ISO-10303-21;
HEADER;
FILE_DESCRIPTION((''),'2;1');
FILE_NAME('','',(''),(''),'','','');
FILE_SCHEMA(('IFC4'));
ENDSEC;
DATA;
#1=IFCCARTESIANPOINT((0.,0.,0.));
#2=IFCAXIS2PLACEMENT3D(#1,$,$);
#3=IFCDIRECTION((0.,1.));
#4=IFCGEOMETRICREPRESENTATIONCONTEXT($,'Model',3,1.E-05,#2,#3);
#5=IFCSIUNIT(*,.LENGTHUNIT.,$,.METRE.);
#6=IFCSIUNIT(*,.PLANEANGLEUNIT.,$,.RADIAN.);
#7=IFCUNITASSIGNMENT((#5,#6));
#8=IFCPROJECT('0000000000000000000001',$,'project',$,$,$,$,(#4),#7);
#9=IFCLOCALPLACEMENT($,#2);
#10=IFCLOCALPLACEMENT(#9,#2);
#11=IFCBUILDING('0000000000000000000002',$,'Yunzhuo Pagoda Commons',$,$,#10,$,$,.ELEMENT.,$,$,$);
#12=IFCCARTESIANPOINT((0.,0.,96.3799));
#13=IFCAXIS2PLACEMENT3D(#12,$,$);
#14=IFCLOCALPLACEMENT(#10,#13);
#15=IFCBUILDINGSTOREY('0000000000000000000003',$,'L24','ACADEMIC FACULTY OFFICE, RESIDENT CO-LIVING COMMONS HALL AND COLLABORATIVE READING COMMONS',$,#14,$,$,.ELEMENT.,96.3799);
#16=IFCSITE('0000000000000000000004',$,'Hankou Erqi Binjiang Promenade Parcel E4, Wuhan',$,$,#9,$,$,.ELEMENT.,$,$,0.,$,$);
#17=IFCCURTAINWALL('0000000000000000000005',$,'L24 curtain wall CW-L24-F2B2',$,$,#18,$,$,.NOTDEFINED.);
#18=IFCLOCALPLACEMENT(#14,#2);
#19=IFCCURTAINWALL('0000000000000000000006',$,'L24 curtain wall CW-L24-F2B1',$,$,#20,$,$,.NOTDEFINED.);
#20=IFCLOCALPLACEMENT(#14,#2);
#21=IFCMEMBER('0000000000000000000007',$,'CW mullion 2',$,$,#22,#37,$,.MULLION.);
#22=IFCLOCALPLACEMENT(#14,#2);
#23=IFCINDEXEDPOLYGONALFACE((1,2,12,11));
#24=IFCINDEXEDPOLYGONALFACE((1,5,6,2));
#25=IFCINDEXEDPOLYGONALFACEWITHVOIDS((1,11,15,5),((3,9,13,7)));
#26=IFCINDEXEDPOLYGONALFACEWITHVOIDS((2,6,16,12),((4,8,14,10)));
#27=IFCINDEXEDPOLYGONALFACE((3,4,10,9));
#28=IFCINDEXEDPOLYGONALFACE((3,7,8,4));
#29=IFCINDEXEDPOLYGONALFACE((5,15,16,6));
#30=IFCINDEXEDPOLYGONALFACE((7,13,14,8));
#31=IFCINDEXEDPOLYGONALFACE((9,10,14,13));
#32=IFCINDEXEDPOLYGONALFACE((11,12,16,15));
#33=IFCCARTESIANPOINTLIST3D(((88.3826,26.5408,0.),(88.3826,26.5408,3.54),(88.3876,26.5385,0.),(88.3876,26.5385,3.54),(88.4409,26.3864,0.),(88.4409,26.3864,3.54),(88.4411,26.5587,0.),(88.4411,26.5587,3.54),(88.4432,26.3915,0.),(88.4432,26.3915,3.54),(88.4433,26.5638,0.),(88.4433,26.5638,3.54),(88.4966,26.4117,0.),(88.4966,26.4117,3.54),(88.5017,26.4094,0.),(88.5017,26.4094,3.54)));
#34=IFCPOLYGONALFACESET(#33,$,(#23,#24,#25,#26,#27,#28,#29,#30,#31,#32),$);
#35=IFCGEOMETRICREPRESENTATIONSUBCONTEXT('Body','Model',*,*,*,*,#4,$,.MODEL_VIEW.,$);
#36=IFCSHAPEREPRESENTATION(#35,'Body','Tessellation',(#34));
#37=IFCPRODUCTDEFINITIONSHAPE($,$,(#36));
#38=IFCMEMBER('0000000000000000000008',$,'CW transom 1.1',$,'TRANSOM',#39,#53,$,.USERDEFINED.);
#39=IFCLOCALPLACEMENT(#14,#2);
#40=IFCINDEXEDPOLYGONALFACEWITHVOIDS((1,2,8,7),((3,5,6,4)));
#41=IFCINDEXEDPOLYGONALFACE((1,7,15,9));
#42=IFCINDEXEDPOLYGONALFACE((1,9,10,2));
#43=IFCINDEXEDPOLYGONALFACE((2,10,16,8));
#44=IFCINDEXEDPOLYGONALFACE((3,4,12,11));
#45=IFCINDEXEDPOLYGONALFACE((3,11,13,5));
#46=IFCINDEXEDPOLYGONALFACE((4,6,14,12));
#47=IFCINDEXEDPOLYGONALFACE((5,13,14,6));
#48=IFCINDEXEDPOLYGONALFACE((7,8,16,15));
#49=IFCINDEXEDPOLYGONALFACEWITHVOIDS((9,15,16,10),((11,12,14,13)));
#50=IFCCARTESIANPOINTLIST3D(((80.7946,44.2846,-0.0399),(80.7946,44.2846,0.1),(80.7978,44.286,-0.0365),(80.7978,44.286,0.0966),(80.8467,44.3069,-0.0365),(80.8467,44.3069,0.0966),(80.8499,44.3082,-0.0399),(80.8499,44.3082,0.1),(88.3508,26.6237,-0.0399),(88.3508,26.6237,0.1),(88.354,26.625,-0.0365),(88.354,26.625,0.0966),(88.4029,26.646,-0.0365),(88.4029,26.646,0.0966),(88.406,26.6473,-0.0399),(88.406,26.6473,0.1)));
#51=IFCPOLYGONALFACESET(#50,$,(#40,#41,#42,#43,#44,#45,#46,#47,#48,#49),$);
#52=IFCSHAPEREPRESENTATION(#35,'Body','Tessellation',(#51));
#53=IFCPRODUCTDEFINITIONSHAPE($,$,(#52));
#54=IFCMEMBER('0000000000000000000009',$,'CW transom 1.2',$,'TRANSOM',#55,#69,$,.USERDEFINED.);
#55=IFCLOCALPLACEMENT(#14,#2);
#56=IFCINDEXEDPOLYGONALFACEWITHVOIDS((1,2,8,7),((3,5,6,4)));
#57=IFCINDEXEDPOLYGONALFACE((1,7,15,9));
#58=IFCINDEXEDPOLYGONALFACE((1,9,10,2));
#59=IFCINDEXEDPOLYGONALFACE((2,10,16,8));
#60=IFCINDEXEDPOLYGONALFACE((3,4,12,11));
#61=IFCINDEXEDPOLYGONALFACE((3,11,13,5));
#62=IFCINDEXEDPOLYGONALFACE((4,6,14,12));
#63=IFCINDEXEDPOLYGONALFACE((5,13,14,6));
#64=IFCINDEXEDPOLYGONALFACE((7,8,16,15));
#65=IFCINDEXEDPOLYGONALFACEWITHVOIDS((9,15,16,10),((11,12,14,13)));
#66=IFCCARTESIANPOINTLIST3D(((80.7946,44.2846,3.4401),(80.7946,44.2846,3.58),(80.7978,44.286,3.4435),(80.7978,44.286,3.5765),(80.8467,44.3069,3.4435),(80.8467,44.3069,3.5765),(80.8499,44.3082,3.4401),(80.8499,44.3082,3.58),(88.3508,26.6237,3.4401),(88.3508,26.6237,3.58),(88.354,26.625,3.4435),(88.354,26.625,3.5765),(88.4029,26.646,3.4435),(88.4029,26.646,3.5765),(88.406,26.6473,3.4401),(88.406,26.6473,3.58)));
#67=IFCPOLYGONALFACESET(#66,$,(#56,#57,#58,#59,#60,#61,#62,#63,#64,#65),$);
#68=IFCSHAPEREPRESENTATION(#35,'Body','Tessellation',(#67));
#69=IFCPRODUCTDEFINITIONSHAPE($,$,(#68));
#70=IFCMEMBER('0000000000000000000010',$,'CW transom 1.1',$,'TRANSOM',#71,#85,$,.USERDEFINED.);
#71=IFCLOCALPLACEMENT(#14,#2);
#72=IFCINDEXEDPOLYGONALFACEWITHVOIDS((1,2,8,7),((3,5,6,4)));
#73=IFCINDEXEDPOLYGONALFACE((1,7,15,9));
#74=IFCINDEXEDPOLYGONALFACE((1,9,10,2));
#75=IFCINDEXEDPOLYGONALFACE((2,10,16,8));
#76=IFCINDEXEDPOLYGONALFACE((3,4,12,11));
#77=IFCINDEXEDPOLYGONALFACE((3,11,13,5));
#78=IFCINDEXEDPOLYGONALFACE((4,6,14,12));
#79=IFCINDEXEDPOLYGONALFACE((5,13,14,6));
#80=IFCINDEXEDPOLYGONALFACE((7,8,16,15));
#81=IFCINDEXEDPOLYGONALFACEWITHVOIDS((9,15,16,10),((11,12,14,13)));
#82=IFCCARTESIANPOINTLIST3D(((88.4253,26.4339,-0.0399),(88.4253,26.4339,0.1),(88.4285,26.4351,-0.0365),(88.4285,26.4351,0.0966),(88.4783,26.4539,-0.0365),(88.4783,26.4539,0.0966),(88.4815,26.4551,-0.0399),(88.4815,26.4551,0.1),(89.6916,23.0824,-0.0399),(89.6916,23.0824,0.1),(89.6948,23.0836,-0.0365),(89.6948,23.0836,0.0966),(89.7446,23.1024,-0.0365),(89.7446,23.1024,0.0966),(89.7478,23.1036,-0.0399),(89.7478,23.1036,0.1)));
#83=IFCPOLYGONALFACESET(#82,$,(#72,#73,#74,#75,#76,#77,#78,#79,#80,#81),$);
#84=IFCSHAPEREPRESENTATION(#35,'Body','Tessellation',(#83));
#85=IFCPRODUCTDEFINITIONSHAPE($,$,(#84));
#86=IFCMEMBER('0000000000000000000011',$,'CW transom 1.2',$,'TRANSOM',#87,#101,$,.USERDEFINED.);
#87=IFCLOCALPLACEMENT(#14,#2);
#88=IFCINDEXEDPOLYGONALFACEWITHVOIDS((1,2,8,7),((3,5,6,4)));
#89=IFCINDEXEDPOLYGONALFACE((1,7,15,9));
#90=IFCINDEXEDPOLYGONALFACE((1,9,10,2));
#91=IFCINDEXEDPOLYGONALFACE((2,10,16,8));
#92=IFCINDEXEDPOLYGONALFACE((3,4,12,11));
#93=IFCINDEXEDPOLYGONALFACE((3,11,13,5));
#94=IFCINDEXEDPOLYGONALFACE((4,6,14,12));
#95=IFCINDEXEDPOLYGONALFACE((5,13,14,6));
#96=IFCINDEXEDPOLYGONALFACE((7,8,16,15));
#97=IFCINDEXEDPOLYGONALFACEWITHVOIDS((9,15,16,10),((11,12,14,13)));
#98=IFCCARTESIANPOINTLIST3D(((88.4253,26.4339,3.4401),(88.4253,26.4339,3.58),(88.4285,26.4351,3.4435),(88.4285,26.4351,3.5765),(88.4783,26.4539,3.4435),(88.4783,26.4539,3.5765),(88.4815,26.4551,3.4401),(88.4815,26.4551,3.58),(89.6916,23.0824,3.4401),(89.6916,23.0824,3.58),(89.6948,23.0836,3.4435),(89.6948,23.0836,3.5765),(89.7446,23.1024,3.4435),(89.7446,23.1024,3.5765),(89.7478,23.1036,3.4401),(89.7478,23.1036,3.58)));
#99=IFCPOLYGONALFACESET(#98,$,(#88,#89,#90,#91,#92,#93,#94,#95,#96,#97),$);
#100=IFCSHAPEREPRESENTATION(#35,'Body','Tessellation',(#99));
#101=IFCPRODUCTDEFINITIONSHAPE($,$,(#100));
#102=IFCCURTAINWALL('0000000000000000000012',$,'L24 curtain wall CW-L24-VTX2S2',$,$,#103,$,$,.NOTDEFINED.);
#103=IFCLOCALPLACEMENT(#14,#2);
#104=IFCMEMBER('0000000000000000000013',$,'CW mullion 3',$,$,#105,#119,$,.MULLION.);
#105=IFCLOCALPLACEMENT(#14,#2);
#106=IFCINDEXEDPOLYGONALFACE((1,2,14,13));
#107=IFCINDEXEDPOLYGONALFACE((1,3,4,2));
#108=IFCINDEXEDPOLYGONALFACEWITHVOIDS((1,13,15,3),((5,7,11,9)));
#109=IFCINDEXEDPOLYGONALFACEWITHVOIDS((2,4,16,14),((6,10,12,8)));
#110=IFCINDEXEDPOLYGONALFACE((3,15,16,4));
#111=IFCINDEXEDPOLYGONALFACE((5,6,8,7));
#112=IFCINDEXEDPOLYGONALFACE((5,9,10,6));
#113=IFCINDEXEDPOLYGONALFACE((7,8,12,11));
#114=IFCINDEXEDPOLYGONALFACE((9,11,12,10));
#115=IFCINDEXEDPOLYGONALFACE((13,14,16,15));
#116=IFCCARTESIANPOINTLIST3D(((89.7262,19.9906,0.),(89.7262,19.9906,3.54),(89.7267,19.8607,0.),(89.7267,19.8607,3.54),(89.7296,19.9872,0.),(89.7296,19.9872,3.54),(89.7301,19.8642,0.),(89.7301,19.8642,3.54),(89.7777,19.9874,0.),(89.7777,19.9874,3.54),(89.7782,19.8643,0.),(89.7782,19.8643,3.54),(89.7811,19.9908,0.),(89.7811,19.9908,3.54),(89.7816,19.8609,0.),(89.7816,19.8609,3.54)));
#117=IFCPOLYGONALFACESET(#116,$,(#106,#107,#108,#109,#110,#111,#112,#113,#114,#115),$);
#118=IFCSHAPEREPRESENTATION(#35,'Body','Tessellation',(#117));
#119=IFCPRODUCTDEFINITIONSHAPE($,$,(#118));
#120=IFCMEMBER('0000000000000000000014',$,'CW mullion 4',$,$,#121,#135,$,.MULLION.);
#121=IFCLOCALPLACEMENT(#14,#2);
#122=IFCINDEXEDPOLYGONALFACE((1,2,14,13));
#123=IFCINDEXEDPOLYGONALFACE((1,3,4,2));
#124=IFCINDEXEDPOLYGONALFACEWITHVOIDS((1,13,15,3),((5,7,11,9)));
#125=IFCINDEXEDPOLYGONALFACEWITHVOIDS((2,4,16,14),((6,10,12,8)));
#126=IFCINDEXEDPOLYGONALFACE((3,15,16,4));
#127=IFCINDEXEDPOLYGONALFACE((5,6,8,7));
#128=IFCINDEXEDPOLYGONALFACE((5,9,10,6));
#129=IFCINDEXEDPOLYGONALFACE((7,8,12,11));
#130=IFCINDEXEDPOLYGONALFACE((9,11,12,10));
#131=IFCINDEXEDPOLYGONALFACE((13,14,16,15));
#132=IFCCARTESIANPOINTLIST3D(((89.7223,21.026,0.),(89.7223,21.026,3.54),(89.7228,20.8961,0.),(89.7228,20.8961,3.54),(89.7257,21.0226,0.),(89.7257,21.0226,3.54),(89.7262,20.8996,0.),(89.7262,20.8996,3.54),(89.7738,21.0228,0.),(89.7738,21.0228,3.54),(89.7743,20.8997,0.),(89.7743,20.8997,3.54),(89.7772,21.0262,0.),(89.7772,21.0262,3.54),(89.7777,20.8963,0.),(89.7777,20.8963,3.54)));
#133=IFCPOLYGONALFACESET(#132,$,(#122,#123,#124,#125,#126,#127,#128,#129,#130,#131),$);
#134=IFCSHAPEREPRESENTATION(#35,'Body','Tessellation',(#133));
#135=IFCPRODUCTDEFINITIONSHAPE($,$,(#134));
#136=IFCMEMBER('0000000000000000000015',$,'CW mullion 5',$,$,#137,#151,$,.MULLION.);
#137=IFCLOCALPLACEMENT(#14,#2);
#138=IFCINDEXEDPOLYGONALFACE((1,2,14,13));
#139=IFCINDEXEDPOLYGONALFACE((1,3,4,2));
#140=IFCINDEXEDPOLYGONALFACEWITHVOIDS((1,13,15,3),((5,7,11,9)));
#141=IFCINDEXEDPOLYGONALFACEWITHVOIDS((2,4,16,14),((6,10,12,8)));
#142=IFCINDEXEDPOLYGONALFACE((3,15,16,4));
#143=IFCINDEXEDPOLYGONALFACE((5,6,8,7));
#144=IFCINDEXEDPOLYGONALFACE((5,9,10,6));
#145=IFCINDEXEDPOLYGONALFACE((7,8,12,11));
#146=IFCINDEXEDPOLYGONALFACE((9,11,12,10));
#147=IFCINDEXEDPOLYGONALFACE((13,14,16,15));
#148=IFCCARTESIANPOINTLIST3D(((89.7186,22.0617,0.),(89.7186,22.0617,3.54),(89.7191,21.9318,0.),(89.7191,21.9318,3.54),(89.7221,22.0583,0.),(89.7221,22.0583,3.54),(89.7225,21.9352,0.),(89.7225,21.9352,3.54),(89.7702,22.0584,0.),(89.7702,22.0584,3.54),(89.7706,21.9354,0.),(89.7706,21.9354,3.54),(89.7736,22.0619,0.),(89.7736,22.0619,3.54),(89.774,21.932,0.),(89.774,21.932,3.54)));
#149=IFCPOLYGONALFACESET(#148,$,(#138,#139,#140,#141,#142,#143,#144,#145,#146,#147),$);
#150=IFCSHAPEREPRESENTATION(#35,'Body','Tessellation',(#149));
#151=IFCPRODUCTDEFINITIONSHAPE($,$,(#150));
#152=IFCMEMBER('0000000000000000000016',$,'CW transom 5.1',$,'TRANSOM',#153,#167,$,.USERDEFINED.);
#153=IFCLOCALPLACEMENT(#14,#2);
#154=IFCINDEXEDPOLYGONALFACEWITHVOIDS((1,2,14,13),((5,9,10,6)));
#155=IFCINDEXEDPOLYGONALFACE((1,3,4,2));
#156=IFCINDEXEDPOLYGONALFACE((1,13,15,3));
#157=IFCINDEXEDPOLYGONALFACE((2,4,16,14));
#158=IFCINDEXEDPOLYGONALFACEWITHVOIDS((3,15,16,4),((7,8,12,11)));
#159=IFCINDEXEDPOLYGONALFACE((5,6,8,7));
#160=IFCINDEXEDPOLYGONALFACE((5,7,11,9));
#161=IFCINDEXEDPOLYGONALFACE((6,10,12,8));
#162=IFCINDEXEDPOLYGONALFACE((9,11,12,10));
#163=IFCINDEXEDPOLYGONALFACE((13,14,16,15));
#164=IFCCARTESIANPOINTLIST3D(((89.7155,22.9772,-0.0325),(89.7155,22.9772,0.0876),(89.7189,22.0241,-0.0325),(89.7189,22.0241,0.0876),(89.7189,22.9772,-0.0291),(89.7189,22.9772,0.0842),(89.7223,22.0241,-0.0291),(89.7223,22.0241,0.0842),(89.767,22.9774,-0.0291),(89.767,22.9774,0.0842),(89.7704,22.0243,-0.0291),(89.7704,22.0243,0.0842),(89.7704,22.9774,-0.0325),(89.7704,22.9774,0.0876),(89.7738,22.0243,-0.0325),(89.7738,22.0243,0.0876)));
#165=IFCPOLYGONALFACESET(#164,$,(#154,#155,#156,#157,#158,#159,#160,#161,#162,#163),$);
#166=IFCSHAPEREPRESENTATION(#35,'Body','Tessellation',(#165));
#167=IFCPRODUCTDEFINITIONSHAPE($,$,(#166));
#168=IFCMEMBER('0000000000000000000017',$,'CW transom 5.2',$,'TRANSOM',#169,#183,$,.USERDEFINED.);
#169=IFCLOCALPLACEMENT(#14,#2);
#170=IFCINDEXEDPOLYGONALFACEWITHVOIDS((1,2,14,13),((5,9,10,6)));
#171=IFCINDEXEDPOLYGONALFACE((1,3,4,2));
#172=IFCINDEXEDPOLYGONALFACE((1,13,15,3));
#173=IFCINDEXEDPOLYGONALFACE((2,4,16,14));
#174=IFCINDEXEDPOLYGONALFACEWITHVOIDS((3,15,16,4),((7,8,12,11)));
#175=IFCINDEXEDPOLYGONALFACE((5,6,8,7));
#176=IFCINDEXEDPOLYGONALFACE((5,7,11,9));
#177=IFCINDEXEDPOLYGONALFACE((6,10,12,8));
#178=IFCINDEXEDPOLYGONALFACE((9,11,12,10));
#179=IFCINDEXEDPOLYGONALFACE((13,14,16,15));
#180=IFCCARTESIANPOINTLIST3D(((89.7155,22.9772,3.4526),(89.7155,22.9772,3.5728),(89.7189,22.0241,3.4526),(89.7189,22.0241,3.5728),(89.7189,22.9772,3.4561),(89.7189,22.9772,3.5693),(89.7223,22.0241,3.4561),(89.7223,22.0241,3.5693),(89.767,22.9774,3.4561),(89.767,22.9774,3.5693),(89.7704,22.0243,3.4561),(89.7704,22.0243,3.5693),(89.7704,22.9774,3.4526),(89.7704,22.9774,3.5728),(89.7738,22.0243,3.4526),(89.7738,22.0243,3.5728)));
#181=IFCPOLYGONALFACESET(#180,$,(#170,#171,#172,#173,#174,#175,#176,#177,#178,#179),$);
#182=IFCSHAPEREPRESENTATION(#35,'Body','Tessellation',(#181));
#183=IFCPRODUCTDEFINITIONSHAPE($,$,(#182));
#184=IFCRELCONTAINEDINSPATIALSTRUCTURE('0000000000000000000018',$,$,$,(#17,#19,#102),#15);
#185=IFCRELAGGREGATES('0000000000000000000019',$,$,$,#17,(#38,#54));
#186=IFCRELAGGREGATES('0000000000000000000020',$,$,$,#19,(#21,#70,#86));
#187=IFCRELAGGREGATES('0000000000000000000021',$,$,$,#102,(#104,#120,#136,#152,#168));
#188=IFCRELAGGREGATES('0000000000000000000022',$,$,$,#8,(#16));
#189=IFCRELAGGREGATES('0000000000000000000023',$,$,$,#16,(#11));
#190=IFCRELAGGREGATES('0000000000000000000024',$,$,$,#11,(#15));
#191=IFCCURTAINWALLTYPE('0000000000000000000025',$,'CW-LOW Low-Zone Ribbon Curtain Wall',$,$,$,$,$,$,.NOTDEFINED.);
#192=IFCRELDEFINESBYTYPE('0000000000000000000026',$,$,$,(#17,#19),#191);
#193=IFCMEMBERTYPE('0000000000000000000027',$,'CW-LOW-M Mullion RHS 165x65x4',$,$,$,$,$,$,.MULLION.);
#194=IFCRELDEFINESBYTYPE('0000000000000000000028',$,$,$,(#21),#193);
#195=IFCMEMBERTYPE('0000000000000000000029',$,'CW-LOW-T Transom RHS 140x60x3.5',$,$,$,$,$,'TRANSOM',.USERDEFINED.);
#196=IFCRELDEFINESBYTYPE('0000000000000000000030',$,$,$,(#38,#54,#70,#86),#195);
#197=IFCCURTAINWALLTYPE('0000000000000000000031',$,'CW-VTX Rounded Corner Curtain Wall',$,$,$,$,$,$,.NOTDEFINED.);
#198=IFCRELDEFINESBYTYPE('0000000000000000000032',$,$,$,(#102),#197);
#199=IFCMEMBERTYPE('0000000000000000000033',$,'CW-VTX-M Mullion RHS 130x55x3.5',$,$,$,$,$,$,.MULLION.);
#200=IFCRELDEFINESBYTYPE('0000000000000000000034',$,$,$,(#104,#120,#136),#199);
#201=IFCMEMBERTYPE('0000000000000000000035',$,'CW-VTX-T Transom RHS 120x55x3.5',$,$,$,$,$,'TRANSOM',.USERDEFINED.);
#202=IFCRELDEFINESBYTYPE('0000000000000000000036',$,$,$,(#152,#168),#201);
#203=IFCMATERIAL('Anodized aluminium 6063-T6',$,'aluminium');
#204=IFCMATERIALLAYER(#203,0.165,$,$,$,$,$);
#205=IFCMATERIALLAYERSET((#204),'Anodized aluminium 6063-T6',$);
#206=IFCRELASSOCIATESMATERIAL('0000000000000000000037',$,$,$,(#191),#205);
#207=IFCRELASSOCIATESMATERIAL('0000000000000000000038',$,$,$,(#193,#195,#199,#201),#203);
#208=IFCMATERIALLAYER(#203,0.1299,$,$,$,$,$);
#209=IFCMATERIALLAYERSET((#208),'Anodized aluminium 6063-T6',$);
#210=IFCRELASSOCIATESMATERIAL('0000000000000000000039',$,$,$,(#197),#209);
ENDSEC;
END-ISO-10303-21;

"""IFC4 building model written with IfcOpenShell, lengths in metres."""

from ifc_helpers import new_model, si_unit, direction, frame, origin, origin_2d, place, context, subcontext, project, spatial, hollow_rectangle, extrude, source, transform, mapped, material, layer, layer_set, material_profile, profile_set, type_object, element, aggregate, save


model = new_model("IFC4")

# Units and contexts
model_context = context("Model", 3, precision=1e-05, world=origin(), true_north=direction((0.0, 1.0)))
body_context = subcontext(model_context, "Body", "Model", "MODEL_VIEW")
ifc_project = project(units=[si_unit("LENGTHUNIT", "METRE"), si_unit("PLANEANGLEUNIT", "RADIAN")], contexts=[model_context])

# Site, building, storey
site_placement = place(None, origin())
site = spatial("IfcSite", under=ifc_project, at=site_placement, Name="Hankou Erqi Binjiang Promenade Parcel E4, Wuhan", CompositionType="ELEMENT", RefElevation=0.0)
building_placement = place(site_placement, origin())
building = spatial("IfcBuilding", under=site, at=building_placement, Name="Yunzhuo Pagoda Commons", CompositionType="ELEMENT")
storey_placement = place(building_placement, frame((0.0, 0.0, 96.3799)))
storey = spatial("IfcBuildingStorey", under=building, at=storey_placement, Name="L24", Description="ACADEMIC FACULTY OFFICE, RESIDENT CO-LIVING COMMONS HALL AND COLLABORATIVE READING COMMONS", CompositionType="ELEMENT", Elevation=96.3799)

# Curtain wall
ifc_material_1 = material(Name="Anodized aluminium 6063-T6", Category="aluminium")
ifc_layer_1 = layer(ifc_material_1, 0.165)
ifc_layer_set_1 = layer_set([ifc_layer_1], Name="Anodized aluminium 6063-T6")
curtain_wall_type_1 = type_object("IfcCurtainWallType", Name="CW-LOW Low-Zone Ribbon Curtain Wall", PredefinedType="NOTDEFINED", material=ifc_layer_set_1)
curtain_wall_1_placement = place(storey_placement, origin())
curtain_wall_1 = element("IfcCurtainWall", 1, at=curtain_wall_1_placement, inside=storey, type_object=curtain_wall_type_1, Name="L24 curtain wall CW-L24-F2B2", PredefinedType="NOTDEFINED")
ifc_material_profile_1 = material_profile(ifc_material_1, hollow_rectangle(XDim=0.0649, YDim=0.165, WallThickness=0.0039, at=origin_2d()), Name="Anodized aluminium 6063-T6")
ifc_profile_set_1 = profile_set([ifc_material_profile_1], Name="Anodized aluminium 6063-T6")
member_type_1 = type_object("IfcMemberType", Name="CW-LOW-M Mullion RHS 165x65x4", PredefinedType="MULLION", material=ifc_profile_set_1)
shared_shape_1 = source(origin(), body_context, "Body", "SweptSolid", [
    extrude(hollow_rectangle(XDim=0.0649, YDim=0.165, WallThickness=0.0039, at=origin_2d()), origin(), (0.0, 0.0, 1.0), 3.54),
])

# Curtain wall, member
curtain_wall_2_placement = place(storey_placement, origin())
curtain_wall_2 = element("IfcCurtainWall", 2, at=curtain_wall_2_placement, inside=storey, type_object=curtain_wall_type_1, Name="L24 curtain wall CW-L24-F2B1", PredefinedType="NOTDEFINED")
member_1_placement = place(storey_placement, frame((88.4421, 26.4751, 0.0), z_axis=(0.0, 0.0, 1.0), x_axis=(-0.935454, -0.353448, 0.0)))
member_1 = element("IfcMember", 3, at=member_1_placement, type_object=member_type_1, Name="CW mullion 2", PredefinedType="MULLION", context=body_context, shape_type="MappedRepresentation", body=[
    mapped(shared_shape_1, transform((0.0, 0.0, 0.0), scale=1.0)),
])

# Members
ifc_material_profile_2 = material_profile(ifc_material_1, hollow_rectangle(XDim=0.0601, YDim=0.1399, WallThickness=0.0034, at=origin_2d()), Name="Anodized aluminium 6063-T6")
ifc_profile_set_2 = profile_set([ifc_material_profile_2], Name="Anodized aluminium 6063-T6")
member_type_2 = type_object("IfcMemberType", Name="CW-LOW-T Transom RHS 140x60x3.5", ElementType="TRANSOM", PredefinedType="USERDEFINED", material=ifc_profile_set_2)
shared_shape_2 = source(origin(), body_context, "Body", "SweptSolid", [
    extrude(hollow_rectangle(XDim=0.0601, YDim=0.1399, WallThickness=0.0034, at=origin_2d()), origin(), (0.0, 0.0, 1.0), 19.2095),
])
member_2_placement = place(storey_placement, frame((88.3784, 26.6355, 0.03), z_axis=(-0.393356, 0.919386, 0.0), x_axis=(-0.919386, -0.393356, 0.0)))
member_2 = element("IfcMember", 4, at=member_2_placement, type_object=member_type_2, Name="CW transom 1.1", ObjectType="TRANSOM", PredefinedType="USERDEFINED", context=body_context, shape_type="MappedRepresentation", body=[
    mapped(shared_shape_2, transform((0.0, 0.0, 0.0), scale=1.0)),
])
member_3_placement = place(storey_placement, frame((88.3784, 26.6355, 3.51), z_axis=(-0.393356, 0.919386, 0.0), x_axis=(-0.919386, -0.393356, 0.0)))
member_3 = element("IfcMember", 5, at=member_3_placement, type_object=member_type_2, Name="CW transom 1.2", ObjectType="TRANSOM", PredefinedType="USERDEFINED", context=body_context, shape_type="MappedRepresentation", body=[
    mapped(shared_shape_2, transform((0.0, 0.0, 0.0), scale=1.0)),
])
shared_shape_3 = source(origin(), body_context, "Body", "SweptSolid", [
    extrude(hollow_rectangle(XDim=0.0601, YDim=0.1399, WallThickness=0.0034, at=origin_2d()), origin(), (0.0, 0.0, 1.0), 3.5828),
])
member_4_placement = place(storey_placement, frame((89.7197, 23.093, 0.03), z_axis=(-0.353452, 0.935453, 0.0), x_axis=(-0.935453, -0.353452, 0.0)))
member_4 = element("IfcMember", 6, at=member_4_placement, type_object=member_type_2, Name="CW transom 1.1", ObjectType="TRANSOM", PredefinedType="USERDEFINED", context=body_context, shape_type="MappedRepresentation", body=[
    mapped(shared_shape_3, transform((0.0, 0.0, 0.0), scale=1.0)),
])
member_5_placement = place(storey_placement, frame((89.7197, 23.093, 3.51), z_axis=(-0.353452, 0.935453, 0.0), x_axis=(-0.935453, -0.353452, 0.0)))
member_5 = element("IfcMember", 7, at=member_5_placement, type_object=member_type_2, Name="CW transom 1.2", ObjectType="TRANSOM", PredefinedType="USERDEFINED", context=body_context, shape_type="MappedRepresentation", body=[
    mapped(shared_shape_3, transform((0.0, 0.0, 0.0), scale=1.0)),
])

# Curtain wall, members
ifc_layer_2 = layer(ifc_material_1, 0.1299)
ifc_layer_set_2 = layer_set([ifc_layer_2], Name="Anodized aluminium 6063-T6")
curtain_wall_type_2 = type_object("IfcCurtainWallType", Name="CW-VTX Rounded Corner Curtain Wall", PredefinedType="NOTDEFINED", material=ifc_layer_set_2)
curtain_wall_3_placement = place(storey_placement, origin())
curtain_wall_3 = element("IfcCurtainWall", 8, at=curtain_wall_3_placement, inside=storey, type_object=curtain_wall_type_2, Name="L24 curtain wall CW-L24-VTX2S2", PredefinedType="NOTDEFINED")
ifc_material_profile_3 = material_profile(ifc_material_1, hollow_rectangle(XDim=0.0549, YDim=0.1299, WallThickness=0.0034, at=origin_2d()), Name="Anodized aluminium 6063-T6")
ifc_profile_set_3 = profile_set([ifc_material_profile_3], Name="Anodized aluminium 6063-T6")
member_type_3 = type_object("IfcMemberType", Name="CW-VTX-M Mullion RHS 130x55x3.5", PredefinedType="MULLION", material=ifc_profile_set_3)
shared_shape_4 = source(origin(), body_context, "Body", "SweptSolid", [
    extrude(hollow_rectangle(XDim=0.0549, YDim=0.1299, WallThickness=0.0034, at=origin_2d()), origin(), (0.0, 0.0, 1.0), 3.54),
])
member_6_placement = place(storey_placement, frame((89.7539, 19.9258, 0.0), z_axis=(0.0, 0.0, 1.0), x_axis=(-0.999994, -0.003573, 0.0)))
member_6 = element("IfcMember", 9, at=member_6_placement, type_object=member_type_3, Name="CW mullion 3", PredefinedType="MULLION", context=body_context, shape_type="MappedRepresentation", body=[
    mapped(shared_shape_4, transform((0.0, 0.0, 0.0), scale=1.0)),
])
member_7_placement = place(storey_placement, frame((89.75, 20.9612, 0.0), z_axis=(0.0, 0.0, 1.0), x_axis=(-0.999994, -0.003573, 0.0)))
member_7 = element("IfcMember", 10, at=member_7_placement, type_object=member_type_3, Name="CW mullion 4", PredefinedType="MULLION", context=body_context, shape_type="MappedRepresentation", body=[
    mapped(shared_shape_4, transform((0.0, 0.0, 0.0), scale=1.0)),
])
member_8_placement = place(storey_placement, frame((89.7463, 21.9968, 0.0), z_axis=(0.0, 0.0, 1.0), x_axis=(-0.999994, -0.003573, 0.0)))
member_8 = element("IfcMember", 11, at=member_8_placement, type_object=member_type_3, Name="CW mullion 5", PredefinedType="MULLION", context=body_context, shape_type="MappedRepresentation", body=[
    mapped(shared_shape_4, transform((0.0, 0.0, 0.0), scale=1.0)),
])
ifc_material_profile_4 = material_profile(ifc_material_1, hollow_rectangle(XDim=0.0549, YDim=0.1201, WallThickness=0.0034, at=origin_2d()), Name="Anodized aluminium 6063-T6")
ifc_profile_set_4 = profile_set([ifc_material_profile_4], Name="Anodized aluminium 6063-T6")
member_type_4 = type_object("IfcMemberType", Name="CW-VTX-T Transom RHS 120x55x3.5", ElementType="TRANSOM", PredefinedType="USERDEFINED", material=ifc_profile_set_4)
shared_shape_5 = source(origin(), body_context, "Body", "SweptSolid", [
    extrude(hollow_rectangle(XDim=0.0549, YDim=0.1201, WallThickness=0.0034, at=origin_2d()), origin(), (0.0, 0.0, 1.0), 0.9531),
])
member_9_placement = place(storey_placement, frame((89.7463, 22.0242, 0.0276), z_axis=(-0.003586, 0.999994, 0.0), x_axis=(-0.999994, -0.003586, 0.0)))
member_9 = element("IfcMember", 12, at=member_9_placement, type_object=member_type_4, Name="CW transom 5.1", ObjectType="TRANSOM", PredefinedType="USERDEFINED", context=body_context, shape_type="MappedRepresentation", body=[
    mapped(shared_shape_5, transform((0.0, 0.0, 0.0), scale=1.0)),
])
member_10_placement = place(storey_placement, frame((89.7463, 22.0242, 3.5127), z_axis=(-0.003586, 0.999994, 0.0), x_axis=(-0.999994, -0.003586, 0.0)))
member_10 = element("IfcMember", 13, at=member_10_placement, type_object=member_type_4, Name="CW transom 5.2", ObjectType="TRANSOM", PredefinedType="USERDEFINED", context=body_context, shape_type="MappedRepresentation", body=[
    mapped(shared_shape_5, transform((0.0, 0.0, 0.0), scale=1.0)),
])

aggregate(curtain_wall_1, [member_2, member_3])
aggregate(curtain_wall_2, [member_1, member_4, member_5])
aggregate(curtain_wall_3, [member_6, member_7, member_8, member_9, member_10])

save(model, "model.ifc")
